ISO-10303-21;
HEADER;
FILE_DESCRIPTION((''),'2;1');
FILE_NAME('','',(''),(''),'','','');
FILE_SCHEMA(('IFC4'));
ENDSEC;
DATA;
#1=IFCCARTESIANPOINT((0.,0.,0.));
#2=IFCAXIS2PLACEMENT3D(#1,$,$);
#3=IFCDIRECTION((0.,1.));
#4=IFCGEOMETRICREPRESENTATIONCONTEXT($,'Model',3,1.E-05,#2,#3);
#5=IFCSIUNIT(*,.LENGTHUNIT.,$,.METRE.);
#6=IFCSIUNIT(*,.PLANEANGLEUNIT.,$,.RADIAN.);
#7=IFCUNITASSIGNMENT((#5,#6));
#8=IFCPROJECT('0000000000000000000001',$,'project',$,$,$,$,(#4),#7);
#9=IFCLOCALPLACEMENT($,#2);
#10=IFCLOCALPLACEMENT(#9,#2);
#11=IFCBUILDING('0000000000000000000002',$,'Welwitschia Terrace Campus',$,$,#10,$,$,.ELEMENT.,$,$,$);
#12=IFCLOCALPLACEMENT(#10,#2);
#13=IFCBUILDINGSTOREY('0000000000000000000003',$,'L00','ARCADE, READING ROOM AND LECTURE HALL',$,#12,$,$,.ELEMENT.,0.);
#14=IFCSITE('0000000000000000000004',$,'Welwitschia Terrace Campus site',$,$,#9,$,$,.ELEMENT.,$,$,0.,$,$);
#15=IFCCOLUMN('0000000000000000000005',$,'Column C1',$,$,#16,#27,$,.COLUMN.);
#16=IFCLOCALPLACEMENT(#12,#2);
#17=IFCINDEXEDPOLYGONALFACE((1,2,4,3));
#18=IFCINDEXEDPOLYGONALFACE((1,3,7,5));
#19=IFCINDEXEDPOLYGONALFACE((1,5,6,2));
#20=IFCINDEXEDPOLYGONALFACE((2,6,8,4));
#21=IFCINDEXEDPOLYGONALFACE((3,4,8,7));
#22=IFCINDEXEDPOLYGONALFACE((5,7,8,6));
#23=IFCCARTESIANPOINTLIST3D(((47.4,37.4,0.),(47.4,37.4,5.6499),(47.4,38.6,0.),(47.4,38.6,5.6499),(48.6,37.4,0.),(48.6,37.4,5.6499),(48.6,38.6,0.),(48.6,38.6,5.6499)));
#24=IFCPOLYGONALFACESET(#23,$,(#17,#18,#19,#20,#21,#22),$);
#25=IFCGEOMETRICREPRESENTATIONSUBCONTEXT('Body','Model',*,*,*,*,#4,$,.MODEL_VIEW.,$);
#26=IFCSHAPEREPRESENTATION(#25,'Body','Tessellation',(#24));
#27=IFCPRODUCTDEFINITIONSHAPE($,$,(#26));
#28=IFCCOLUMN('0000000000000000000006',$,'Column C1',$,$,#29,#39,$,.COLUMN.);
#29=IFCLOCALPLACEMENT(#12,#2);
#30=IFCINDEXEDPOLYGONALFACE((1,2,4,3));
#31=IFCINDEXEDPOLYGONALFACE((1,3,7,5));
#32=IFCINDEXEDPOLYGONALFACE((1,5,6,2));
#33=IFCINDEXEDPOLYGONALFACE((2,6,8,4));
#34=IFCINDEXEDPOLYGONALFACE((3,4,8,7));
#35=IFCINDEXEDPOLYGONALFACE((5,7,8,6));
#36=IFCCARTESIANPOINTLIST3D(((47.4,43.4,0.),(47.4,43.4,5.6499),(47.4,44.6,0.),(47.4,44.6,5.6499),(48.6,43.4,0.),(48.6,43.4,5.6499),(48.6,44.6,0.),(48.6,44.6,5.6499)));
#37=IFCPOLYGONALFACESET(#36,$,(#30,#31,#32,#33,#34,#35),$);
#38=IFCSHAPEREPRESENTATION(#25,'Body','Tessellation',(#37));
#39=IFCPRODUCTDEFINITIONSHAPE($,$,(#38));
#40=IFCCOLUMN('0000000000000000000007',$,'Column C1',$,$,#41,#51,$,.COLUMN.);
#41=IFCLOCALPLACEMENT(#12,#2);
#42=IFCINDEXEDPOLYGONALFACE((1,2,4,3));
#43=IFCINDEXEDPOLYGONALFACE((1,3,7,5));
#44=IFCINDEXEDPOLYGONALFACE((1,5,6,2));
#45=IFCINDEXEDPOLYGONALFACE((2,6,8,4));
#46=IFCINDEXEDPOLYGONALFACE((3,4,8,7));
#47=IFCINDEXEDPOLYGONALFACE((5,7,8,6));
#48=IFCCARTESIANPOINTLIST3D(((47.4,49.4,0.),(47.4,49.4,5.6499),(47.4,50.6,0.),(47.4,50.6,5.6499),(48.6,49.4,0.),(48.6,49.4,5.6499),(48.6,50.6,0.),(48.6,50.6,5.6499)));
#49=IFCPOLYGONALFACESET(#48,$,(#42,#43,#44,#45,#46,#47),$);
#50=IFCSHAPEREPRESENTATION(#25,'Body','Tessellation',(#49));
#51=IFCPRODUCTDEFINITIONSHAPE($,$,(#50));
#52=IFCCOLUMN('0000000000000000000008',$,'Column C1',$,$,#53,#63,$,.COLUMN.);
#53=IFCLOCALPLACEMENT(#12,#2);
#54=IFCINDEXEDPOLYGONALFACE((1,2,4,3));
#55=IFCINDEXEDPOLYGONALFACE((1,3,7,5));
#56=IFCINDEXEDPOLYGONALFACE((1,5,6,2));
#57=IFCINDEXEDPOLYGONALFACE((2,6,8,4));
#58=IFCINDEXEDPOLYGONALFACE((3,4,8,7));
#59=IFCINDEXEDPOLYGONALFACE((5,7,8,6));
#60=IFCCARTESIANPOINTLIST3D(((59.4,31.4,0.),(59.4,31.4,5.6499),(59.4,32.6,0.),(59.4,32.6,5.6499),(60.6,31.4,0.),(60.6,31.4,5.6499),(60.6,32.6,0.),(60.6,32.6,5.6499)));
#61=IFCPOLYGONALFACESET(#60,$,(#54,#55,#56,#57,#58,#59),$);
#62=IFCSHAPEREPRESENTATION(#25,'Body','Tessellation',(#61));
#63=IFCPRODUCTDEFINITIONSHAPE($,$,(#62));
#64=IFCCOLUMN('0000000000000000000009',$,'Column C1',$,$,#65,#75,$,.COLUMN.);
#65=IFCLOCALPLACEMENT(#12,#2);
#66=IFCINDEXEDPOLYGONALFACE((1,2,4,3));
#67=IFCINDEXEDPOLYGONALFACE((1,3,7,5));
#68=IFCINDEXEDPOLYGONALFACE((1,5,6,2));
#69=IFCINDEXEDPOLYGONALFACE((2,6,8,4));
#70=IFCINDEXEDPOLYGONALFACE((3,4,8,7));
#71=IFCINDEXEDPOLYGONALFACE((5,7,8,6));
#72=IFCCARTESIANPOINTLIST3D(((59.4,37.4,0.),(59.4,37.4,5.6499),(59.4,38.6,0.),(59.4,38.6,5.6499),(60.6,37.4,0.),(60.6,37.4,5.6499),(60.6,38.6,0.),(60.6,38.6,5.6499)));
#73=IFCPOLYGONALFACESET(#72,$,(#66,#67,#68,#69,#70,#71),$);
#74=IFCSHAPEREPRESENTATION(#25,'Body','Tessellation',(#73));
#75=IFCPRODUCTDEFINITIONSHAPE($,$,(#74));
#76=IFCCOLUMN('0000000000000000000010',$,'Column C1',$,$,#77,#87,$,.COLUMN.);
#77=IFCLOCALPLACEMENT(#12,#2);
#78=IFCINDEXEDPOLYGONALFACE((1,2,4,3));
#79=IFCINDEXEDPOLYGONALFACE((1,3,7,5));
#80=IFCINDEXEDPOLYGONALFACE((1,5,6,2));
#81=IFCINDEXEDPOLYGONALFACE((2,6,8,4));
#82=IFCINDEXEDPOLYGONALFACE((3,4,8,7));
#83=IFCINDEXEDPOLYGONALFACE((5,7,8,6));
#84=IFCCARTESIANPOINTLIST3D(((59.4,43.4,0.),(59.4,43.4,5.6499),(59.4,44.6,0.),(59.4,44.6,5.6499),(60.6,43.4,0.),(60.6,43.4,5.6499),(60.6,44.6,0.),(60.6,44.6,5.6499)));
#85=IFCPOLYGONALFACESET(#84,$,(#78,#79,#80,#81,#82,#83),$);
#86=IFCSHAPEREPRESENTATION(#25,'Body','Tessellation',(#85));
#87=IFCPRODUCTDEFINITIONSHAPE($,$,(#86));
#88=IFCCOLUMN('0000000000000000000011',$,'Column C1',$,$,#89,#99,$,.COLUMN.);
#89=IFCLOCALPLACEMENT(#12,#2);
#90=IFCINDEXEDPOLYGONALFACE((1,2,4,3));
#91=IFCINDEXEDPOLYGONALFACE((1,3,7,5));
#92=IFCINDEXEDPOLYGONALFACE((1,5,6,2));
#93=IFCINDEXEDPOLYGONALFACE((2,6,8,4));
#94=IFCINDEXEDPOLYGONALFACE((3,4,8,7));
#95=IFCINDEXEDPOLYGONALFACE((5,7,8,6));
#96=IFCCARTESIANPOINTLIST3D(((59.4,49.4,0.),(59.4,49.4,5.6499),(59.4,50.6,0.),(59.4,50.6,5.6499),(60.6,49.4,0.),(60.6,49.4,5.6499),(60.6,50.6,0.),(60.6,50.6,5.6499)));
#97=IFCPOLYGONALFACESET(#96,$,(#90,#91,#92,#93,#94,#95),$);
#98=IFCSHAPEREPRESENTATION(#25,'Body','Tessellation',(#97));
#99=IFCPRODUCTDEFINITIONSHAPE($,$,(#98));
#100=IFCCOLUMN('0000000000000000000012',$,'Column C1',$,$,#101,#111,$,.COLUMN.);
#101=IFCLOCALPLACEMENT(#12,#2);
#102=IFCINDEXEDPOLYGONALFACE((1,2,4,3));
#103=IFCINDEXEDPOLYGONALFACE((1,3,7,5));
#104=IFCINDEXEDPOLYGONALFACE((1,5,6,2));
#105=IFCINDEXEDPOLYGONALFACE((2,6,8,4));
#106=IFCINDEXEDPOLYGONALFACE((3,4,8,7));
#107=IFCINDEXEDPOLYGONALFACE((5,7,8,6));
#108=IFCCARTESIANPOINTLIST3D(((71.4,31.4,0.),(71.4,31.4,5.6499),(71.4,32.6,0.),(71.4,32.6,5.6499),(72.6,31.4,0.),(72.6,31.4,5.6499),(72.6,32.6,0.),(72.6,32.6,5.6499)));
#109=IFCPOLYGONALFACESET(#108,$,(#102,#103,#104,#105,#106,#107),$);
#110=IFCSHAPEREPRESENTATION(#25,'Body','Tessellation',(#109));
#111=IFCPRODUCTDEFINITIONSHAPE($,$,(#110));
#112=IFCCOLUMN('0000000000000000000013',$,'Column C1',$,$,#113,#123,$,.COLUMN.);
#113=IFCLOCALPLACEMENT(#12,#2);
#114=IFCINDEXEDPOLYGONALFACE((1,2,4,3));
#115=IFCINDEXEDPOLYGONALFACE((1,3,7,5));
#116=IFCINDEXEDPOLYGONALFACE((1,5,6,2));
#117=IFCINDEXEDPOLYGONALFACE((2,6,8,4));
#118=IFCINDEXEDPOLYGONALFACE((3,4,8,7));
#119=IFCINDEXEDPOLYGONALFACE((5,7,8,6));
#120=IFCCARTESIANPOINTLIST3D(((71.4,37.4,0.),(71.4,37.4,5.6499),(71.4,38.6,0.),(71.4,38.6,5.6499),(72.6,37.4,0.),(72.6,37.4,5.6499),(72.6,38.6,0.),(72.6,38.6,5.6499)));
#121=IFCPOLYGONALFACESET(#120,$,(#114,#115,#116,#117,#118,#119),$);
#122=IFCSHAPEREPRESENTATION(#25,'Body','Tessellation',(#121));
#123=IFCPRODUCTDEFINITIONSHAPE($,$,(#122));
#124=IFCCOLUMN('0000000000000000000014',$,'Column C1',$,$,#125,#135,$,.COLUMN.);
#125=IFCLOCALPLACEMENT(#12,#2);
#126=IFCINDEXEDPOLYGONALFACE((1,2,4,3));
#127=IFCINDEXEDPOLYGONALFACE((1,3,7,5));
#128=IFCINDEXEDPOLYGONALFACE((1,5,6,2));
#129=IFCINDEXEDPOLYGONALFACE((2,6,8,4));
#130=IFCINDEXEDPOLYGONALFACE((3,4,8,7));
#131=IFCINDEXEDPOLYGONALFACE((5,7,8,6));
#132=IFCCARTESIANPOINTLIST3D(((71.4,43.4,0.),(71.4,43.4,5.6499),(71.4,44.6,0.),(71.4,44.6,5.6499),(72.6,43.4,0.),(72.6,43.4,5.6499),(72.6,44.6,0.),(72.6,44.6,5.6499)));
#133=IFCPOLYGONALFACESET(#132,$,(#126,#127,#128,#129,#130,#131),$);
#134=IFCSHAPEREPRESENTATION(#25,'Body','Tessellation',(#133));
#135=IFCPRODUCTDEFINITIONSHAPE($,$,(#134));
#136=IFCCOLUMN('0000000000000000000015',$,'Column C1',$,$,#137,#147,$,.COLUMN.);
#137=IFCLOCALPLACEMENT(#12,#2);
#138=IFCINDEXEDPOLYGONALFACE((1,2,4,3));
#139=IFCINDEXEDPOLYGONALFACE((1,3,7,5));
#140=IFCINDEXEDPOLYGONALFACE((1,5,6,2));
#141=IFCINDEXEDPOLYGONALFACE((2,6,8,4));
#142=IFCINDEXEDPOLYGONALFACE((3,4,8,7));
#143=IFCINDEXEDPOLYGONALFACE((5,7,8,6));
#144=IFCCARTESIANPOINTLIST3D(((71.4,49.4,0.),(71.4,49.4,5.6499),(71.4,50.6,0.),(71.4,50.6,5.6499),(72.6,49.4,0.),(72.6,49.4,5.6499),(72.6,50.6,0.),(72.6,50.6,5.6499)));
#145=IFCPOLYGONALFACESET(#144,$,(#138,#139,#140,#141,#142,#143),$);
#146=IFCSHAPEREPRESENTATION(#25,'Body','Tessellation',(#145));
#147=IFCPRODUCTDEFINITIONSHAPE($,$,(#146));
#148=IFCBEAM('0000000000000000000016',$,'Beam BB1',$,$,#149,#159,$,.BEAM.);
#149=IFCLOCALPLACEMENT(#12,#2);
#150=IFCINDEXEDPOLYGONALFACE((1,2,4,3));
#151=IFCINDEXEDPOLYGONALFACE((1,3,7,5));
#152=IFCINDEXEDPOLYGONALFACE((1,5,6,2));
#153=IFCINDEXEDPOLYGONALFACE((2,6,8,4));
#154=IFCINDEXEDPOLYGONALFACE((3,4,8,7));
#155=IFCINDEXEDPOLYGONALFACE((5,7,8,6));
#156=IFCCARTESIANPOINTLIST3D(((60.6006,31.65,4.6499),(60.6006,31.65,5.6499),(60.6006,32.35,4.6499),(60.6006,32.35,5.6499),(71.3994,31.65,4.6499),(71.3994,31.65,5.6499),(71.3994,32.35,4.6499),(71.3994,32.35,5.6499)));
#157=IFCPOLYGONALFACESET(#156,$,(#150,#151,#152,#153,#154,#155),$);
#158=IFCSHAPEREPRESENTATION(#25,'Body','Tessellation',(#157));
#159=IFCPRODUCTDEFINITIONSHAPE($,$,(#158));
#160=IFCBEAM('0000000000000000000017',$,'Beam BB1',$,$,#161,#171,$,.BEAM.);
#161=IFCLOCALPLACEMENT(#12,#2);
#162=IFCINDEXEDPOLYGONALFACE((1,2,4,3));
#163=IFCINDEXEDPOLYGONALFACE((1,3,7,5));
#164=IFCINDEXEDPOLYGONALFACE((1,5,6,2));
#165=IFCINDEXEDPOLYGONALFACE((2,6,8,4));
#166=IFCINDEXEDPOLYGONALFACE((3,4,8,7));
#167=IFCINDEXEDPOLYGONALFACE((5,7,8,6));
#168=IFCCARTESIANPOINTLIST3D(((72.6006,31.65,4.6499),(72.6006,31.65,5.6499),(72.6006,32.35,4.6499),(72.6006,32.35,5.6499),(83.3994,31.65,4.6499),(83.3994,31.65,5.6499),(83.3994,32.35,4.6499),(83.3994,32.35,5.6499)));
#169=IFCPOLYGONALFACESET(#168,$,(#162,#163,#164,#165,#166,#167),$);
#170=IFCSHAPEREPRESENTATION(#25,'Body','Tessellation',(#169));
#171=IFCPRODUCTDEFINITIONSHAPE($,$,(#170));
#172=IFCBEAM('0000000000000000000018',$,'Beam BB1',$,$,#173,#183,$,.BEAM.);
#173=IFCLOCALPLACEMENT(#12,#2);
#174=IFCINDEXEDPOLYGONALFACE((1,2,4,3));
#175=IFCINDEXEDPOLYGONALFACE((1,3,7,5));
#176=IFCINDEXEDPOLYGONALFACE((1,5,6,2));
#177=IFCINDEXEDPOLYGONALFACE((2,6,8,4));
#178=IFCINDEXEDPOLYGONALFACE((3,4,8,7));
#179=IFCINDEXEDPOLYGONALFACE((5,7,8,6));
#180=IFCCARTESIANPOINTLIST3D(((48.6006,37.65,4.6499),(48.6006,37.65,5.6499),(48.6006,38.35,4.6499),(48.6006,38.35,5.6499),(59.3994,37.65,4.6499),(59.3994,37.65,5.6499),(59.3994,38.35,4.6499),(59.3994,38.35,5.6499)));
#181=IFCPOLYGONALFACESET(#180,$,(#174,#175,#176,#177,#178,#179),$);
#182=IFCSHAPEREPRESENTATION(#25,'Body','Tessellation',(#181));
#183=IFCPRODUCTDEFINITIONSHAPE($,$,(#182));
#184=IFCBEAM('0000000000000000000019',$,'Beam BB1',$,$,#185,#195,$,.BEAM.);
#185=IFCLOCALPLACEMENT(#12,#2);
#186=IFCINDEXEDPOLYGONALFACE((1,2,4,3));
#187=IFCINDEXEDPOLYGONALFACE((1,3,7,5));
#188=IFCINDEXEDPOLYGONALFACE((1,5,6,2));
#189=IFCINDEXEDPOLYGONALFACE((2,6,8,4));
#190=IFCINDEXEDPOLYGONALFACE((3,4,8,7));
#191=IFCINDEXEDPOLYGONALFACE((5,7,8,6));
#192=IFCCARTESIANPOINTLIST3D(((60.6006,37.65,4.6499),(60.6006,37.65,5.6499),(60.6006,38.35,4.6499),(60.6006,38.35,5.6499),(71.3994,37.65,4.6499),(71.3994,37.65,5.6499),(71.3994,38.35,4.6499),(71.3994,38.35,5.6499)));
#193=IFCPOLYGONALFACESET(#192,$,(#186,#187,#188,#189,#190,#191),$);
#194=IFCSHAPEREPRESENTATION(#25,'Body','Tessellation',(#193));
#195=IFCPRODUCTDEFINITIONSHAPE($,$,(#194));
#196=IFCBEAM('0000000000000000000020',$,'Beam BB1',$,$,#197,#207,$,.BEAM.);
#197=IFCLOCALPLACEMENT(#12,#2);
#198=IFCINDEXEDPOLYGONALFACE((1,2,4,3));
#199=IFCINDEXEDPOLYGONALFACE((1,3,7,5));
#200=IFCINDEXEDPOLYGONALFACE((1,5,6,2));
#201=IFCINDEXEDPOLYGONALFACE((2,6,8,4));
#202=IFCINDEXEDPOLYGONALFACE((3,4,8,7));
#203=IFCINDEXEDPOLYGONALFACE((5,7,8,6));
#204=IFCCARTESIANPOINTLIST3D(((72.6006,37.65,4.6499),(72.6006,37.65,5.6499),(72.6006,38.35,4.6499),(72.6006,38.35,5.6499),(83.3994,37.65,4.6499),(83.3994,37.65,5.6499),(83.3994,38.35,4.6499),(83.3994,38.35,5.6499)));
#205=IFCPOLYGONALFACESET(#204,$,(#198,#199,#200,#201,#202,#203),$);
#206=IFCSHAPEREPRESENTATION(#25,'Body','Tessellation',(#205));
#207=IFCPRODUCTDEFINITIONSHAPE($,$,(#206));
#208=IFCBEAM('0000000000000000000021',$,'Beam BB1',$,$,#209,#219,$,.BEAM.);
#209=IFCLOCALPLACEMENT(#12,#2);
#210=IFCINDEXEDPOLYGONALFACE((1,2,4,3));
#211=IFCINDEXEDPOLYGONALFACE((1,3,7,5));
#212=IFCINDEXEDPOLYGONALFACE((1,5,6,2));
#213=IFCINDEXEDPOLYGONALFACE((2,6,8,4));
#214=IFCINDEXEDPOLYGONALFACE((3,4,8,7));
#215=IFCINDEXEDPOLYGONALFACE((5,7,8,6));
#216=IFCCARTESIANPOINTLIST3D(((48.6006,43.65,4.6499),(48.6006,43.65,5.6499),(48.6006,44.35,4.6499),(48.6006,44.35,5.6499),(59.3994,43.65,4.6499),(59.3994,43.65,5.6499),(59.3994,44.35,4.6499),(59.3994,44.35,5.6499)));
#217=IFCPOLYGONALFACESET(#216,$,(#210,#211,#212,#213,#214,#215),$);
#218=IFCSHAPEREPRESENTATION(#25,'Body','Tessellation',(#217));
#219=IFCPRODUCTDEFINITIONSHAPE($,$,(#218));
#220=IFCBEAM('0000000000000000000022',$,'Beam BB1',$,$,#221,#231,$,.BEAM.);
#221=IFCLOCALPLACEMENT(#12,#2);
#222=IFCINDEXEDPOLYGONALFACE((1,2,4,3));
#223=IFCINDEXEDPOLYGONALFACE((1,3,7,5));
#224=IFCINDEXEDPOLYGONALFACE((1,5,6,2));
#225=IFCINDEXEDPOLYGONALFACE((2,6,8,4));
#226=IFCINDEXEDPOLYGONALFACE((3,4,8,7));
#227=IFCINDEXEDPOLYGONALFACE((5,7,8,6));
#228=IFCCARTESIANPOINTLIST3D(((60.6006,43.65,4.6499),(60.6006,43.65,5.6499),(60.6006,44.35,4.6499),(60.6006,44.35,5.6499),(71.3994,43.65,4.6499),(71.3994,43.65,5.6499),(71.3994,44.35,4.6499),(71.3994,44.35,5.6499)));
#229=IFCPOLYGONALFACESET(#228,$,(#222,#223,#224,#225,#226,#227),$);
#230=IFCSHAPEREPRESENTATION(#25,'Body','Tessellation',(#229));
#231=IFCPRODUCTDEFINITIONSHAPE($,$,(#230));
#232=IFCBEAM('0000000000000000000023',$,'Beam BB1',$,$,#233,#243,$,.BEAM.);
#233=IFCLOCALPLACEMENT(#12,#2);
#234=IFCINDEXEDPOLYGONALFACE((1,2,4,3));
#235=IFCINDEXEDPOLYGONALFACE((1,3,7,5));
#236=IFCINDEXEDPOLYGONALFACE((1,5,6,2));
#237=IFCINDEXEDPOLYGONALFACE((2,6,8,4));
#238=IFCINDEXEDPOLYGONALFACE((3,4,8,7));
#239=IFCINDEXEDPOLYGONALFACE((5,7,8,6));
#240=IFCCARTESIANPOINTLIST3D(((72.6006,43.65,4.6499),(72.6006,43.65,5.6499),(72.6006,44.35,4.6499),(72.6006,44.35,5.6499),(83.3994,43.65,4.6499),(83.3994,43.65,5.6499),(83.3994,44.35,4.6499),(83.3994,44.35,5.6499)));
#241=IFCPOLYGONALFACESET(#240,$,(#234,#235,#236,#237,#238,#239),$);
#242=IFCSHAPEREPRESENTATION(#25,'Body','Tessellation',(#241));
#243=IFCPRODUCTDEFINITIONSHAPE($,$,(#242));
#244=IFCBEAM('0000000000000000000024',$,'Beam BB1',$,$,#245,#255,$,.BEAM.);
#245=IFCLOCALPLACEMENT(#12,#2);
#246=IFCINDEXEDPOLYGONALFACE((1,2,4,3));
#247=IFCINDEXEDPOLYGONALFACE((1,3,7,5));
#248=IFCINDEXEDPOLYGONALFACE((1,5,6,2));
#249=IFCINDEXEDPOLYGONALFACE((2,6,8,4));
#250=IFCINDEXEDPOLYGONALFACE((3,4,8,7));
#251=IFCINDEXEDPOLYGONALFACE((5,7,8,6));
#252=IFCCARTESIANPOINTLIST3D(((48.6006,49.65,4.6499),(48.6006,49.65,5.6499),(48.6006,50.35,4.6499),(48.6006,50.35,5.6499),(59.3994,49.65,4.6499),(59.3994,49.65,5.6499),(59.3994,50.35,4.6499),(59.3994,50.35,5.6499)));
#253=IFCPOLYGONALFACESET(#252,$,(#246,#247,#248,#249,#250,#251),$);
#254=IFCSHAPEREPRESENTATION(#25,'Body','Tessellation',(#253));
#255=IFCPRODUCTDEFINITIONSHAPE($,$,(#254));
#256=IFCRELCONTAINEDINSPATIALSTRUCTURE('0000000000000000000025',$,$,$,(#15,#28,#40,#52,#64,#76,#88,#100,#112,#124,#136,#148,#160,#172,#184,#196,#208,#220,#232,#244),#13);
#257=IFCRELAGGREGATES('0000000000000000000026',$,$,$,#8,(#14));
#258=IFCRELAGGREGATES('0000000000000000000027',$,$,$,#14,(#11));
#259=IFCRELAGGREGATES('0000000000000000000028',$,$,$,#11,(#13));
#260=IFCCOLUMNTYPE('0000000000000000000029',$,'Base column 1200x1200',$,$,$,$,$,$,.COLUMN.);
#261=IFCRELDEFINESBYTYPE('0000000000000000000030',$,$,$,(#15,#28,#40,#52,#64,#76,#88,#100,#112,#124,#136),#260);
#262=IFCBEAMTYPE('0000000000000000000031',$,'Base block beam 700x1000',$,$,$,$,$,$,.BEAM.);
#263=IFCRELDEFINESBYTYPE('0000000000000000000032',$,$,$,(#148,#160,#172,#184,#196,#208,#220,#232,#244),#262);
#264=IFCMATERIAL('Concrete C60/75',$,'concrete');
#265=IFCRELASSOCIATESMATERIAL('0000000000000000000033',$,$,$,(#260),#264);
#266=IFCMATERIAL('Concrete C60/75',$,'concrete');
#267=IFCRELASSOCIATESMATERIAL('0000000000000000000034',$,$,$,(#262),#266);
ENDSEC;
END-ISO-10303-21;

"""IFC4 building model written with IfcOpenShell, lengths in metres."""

from ifc_helpers import new_model, si_unit, direction, frame, origin, origin_2d, place, context, subcontext, project, spatial, rectangle, extrude, material, material_profile, profile_set, type_object, element, save


model = new_model("IFC4")

# Units and contexts
model_context = context("Model", 3, precision=1e-05, world=origin(), true_north=direction((0.0, 1.0)))
body_context = subcontext(model_context, "Body", "Model", "MODEL_VIEW")
ifc_project = project(units=[si_unit("LENGTHUNIT", "METRE"), si_unit("PLANEANGLEUNIT", "RADIAN")], contexts=[model_context])

# Site, building, storey
site_placement = place(None, origin())
site = spatial("IfcSite", under=ifc_project, at=site_placement, Name="Welwitschia Terrace Campus site", CompositionType="ELEMENT", RefElevation=0.0)
building_placement = place(site_placement, origin())
building = spatial("IfcBuilding", under=site, at=building_placement, Name="Welwitschia Terrace Campus", CompositionType="ELEMENT")
storey_placement = place(building_placement, origin())
storey = spatial("IfcBuildingStorey", under=building, at=storey_placement, Name="L00", Description="ARCADE, READING ROOM AND LECTURE HALL", CompositionType="ELEMENT", Elevation=0.0)

# Columns
ifc_material_1 = material(Name="Concrete C60/75", Category="concrete")
ifc_material_profile_1 = material_profile(ifc_material_1, rectangle(XDim=1.2, YDim=1.2, at=origin_2d()))
ifc_profile_set_1 = profile_set([ifc_material_profile_1], Name="Concrete C60/75")
column_type = type_object("IfcColumnType", Name="Base column 1200x1200", PredefinedType="COLUMN", material=ifc_profile_set_1)
for number, where, z_axis, x_axis, name in (
    (1, (48.0, 38.0, 0.0), (0.0, 0.0, 1.0), (1.0, 0.0, 0.0), "Column C1"),
    (2, (48.0, 44.0, 0.0), (0.0, 0.0, 1.0), (1.0, 0.0, 0.0), "Column C1"),
    (3, (48.0, 50.0, 0.0), (0.0, 0.0, 1.0), (1.0, 0.0, 0.0), "Column C1"),
    (4, (60.0, 32.0, 0.0), (0.0, 0.0, 1.0), (1.0, 0.0, 0.0), "Column C1"),
    (5, (60.0, 38.0, 0.0), (0.0, 0.0, 1.0), (1.0, 0.0, 0.0), "Column C1"),
    (6, (60.0, 44.0, 0.0), (0.0, 0.0, 1.0), (1.0, 0.0, 0.0), "Column C1"),
    (7, (60.0, 50.0, 0.0), (0.0, 0.0, 1.0), (1.0, 0.0, 0.0), "Column C1"),
    (8, (72.0, 32.0, 0.0), (0.0, 0.0, 1.0), (1.0, 0.0, 0.0), "Column C1"),
    (9, (72.0, 38.0, 0.0), (0.0, 0.0, 1.0), (1.0, 0.0, 0.0), "Column C1"),
    (10, (72.0, 44.0, 0.0), (0.0, 0.0, 1.0), (1.0, 0.0, 0.0), "Column C1"),
    (11, (72.0, 50.0, 0.0), (0.0, 0.0, 1.0), (1.0, 0.0, 0.0), "Column C1"),
):
    element("IfcColumn", number, at=place(storey_placement, frame(where, z_axis=z_axis, x_axis=x_axis)), inside=storey, type_object=column_type, Name=name, PredefinedType="COLUMN", context=body_context, shape_type="SweptSolid", body=[
        extrude(rectangle(XDim=1.2, YDim=1.2, at=origin_2d()), origin(), (0.0, 0.0, 1.0), 5.6499),
    ])

# Beams
ifc_material_2 = material(Name="Concrete C60/75", Category="concrete")
ifc_material_profile_2 = material_profile(ifc_material_2, rectangle(XDim=0.7, YDim=1.0, at=origin_2d()))
ifc_profile_set_2 = profile_set([ifc_material_profile_2], Name="Concrete C60/75")
beam_type = type_object("IfcBeamType", Name="Base block beam 700x1000", PredefinedType="BEAM", material=ifc_profile_set_2)
for number, where, z_axis, x_axis, name in (
    (12, (60.6006, 32.0, 5.1499), (1.0, 0.0, 0.0), (0.0, 1.0, 0.0), "Beam BB1"),
    (13, (72.6006, 32.0, 5.1499), (1.0, 0.0, 0.0), (0.0, 1.0, 0.0), "Beam BB1"),
    (14, (48.6006, 38.0, 5.1499), (1.0, 0.0, 0.0), (0.0, 1.0, 0.0), "Beam BB1"),
    (15, (60.6006, 38.0, 5.1499), (1.0, 0.0, 0.0), (0.0, 1.0, 0.0), "Beam BB1"),
    (16, (72.6006, 38.0, 5.1499), (1.0, 0.0, 0.0), (0.0, 1.0, 0.0), "Beam BB1"),
    (17, (48.6006, 44.0, 5.1499), (1.0, 0.0, 0.0), (0.0, 1.0, 0.0), "Beam BB1"),
    (18, (60.6006, 44.0, 5.1499), (1.0, 0.0, 0.0), (0.0, 1.0, 0.0), "Beam BB1"),
    (19, (72.6006, 44.0, 5.1499), (1.0, 0.0, 0.0), (0.0, 1.0, 0.0), "Beam BB1"),
    (20, (48.6006, 50.0, 5.1499), (1.0, 0.0, 0.0), (0.0, 1.0, 0.0), "Beam BB1"),
):
    element("IfcBeam", number, at=place(storey_placement, frame(where, z_axis=z_axis, x_axis=x_axis)), inside=storey, type_object=beam_type, Name=name, PredefinedType="BEAM", context=body_context, shape_type="SweptSolid", body=[
        extrude(rectangle(XDim=0.7, YDim=1.0, at=origin_2d()), origin(), (0.0, 0.0, 1.0), 10.7988),
    ])

save(model, "model.ifc")
